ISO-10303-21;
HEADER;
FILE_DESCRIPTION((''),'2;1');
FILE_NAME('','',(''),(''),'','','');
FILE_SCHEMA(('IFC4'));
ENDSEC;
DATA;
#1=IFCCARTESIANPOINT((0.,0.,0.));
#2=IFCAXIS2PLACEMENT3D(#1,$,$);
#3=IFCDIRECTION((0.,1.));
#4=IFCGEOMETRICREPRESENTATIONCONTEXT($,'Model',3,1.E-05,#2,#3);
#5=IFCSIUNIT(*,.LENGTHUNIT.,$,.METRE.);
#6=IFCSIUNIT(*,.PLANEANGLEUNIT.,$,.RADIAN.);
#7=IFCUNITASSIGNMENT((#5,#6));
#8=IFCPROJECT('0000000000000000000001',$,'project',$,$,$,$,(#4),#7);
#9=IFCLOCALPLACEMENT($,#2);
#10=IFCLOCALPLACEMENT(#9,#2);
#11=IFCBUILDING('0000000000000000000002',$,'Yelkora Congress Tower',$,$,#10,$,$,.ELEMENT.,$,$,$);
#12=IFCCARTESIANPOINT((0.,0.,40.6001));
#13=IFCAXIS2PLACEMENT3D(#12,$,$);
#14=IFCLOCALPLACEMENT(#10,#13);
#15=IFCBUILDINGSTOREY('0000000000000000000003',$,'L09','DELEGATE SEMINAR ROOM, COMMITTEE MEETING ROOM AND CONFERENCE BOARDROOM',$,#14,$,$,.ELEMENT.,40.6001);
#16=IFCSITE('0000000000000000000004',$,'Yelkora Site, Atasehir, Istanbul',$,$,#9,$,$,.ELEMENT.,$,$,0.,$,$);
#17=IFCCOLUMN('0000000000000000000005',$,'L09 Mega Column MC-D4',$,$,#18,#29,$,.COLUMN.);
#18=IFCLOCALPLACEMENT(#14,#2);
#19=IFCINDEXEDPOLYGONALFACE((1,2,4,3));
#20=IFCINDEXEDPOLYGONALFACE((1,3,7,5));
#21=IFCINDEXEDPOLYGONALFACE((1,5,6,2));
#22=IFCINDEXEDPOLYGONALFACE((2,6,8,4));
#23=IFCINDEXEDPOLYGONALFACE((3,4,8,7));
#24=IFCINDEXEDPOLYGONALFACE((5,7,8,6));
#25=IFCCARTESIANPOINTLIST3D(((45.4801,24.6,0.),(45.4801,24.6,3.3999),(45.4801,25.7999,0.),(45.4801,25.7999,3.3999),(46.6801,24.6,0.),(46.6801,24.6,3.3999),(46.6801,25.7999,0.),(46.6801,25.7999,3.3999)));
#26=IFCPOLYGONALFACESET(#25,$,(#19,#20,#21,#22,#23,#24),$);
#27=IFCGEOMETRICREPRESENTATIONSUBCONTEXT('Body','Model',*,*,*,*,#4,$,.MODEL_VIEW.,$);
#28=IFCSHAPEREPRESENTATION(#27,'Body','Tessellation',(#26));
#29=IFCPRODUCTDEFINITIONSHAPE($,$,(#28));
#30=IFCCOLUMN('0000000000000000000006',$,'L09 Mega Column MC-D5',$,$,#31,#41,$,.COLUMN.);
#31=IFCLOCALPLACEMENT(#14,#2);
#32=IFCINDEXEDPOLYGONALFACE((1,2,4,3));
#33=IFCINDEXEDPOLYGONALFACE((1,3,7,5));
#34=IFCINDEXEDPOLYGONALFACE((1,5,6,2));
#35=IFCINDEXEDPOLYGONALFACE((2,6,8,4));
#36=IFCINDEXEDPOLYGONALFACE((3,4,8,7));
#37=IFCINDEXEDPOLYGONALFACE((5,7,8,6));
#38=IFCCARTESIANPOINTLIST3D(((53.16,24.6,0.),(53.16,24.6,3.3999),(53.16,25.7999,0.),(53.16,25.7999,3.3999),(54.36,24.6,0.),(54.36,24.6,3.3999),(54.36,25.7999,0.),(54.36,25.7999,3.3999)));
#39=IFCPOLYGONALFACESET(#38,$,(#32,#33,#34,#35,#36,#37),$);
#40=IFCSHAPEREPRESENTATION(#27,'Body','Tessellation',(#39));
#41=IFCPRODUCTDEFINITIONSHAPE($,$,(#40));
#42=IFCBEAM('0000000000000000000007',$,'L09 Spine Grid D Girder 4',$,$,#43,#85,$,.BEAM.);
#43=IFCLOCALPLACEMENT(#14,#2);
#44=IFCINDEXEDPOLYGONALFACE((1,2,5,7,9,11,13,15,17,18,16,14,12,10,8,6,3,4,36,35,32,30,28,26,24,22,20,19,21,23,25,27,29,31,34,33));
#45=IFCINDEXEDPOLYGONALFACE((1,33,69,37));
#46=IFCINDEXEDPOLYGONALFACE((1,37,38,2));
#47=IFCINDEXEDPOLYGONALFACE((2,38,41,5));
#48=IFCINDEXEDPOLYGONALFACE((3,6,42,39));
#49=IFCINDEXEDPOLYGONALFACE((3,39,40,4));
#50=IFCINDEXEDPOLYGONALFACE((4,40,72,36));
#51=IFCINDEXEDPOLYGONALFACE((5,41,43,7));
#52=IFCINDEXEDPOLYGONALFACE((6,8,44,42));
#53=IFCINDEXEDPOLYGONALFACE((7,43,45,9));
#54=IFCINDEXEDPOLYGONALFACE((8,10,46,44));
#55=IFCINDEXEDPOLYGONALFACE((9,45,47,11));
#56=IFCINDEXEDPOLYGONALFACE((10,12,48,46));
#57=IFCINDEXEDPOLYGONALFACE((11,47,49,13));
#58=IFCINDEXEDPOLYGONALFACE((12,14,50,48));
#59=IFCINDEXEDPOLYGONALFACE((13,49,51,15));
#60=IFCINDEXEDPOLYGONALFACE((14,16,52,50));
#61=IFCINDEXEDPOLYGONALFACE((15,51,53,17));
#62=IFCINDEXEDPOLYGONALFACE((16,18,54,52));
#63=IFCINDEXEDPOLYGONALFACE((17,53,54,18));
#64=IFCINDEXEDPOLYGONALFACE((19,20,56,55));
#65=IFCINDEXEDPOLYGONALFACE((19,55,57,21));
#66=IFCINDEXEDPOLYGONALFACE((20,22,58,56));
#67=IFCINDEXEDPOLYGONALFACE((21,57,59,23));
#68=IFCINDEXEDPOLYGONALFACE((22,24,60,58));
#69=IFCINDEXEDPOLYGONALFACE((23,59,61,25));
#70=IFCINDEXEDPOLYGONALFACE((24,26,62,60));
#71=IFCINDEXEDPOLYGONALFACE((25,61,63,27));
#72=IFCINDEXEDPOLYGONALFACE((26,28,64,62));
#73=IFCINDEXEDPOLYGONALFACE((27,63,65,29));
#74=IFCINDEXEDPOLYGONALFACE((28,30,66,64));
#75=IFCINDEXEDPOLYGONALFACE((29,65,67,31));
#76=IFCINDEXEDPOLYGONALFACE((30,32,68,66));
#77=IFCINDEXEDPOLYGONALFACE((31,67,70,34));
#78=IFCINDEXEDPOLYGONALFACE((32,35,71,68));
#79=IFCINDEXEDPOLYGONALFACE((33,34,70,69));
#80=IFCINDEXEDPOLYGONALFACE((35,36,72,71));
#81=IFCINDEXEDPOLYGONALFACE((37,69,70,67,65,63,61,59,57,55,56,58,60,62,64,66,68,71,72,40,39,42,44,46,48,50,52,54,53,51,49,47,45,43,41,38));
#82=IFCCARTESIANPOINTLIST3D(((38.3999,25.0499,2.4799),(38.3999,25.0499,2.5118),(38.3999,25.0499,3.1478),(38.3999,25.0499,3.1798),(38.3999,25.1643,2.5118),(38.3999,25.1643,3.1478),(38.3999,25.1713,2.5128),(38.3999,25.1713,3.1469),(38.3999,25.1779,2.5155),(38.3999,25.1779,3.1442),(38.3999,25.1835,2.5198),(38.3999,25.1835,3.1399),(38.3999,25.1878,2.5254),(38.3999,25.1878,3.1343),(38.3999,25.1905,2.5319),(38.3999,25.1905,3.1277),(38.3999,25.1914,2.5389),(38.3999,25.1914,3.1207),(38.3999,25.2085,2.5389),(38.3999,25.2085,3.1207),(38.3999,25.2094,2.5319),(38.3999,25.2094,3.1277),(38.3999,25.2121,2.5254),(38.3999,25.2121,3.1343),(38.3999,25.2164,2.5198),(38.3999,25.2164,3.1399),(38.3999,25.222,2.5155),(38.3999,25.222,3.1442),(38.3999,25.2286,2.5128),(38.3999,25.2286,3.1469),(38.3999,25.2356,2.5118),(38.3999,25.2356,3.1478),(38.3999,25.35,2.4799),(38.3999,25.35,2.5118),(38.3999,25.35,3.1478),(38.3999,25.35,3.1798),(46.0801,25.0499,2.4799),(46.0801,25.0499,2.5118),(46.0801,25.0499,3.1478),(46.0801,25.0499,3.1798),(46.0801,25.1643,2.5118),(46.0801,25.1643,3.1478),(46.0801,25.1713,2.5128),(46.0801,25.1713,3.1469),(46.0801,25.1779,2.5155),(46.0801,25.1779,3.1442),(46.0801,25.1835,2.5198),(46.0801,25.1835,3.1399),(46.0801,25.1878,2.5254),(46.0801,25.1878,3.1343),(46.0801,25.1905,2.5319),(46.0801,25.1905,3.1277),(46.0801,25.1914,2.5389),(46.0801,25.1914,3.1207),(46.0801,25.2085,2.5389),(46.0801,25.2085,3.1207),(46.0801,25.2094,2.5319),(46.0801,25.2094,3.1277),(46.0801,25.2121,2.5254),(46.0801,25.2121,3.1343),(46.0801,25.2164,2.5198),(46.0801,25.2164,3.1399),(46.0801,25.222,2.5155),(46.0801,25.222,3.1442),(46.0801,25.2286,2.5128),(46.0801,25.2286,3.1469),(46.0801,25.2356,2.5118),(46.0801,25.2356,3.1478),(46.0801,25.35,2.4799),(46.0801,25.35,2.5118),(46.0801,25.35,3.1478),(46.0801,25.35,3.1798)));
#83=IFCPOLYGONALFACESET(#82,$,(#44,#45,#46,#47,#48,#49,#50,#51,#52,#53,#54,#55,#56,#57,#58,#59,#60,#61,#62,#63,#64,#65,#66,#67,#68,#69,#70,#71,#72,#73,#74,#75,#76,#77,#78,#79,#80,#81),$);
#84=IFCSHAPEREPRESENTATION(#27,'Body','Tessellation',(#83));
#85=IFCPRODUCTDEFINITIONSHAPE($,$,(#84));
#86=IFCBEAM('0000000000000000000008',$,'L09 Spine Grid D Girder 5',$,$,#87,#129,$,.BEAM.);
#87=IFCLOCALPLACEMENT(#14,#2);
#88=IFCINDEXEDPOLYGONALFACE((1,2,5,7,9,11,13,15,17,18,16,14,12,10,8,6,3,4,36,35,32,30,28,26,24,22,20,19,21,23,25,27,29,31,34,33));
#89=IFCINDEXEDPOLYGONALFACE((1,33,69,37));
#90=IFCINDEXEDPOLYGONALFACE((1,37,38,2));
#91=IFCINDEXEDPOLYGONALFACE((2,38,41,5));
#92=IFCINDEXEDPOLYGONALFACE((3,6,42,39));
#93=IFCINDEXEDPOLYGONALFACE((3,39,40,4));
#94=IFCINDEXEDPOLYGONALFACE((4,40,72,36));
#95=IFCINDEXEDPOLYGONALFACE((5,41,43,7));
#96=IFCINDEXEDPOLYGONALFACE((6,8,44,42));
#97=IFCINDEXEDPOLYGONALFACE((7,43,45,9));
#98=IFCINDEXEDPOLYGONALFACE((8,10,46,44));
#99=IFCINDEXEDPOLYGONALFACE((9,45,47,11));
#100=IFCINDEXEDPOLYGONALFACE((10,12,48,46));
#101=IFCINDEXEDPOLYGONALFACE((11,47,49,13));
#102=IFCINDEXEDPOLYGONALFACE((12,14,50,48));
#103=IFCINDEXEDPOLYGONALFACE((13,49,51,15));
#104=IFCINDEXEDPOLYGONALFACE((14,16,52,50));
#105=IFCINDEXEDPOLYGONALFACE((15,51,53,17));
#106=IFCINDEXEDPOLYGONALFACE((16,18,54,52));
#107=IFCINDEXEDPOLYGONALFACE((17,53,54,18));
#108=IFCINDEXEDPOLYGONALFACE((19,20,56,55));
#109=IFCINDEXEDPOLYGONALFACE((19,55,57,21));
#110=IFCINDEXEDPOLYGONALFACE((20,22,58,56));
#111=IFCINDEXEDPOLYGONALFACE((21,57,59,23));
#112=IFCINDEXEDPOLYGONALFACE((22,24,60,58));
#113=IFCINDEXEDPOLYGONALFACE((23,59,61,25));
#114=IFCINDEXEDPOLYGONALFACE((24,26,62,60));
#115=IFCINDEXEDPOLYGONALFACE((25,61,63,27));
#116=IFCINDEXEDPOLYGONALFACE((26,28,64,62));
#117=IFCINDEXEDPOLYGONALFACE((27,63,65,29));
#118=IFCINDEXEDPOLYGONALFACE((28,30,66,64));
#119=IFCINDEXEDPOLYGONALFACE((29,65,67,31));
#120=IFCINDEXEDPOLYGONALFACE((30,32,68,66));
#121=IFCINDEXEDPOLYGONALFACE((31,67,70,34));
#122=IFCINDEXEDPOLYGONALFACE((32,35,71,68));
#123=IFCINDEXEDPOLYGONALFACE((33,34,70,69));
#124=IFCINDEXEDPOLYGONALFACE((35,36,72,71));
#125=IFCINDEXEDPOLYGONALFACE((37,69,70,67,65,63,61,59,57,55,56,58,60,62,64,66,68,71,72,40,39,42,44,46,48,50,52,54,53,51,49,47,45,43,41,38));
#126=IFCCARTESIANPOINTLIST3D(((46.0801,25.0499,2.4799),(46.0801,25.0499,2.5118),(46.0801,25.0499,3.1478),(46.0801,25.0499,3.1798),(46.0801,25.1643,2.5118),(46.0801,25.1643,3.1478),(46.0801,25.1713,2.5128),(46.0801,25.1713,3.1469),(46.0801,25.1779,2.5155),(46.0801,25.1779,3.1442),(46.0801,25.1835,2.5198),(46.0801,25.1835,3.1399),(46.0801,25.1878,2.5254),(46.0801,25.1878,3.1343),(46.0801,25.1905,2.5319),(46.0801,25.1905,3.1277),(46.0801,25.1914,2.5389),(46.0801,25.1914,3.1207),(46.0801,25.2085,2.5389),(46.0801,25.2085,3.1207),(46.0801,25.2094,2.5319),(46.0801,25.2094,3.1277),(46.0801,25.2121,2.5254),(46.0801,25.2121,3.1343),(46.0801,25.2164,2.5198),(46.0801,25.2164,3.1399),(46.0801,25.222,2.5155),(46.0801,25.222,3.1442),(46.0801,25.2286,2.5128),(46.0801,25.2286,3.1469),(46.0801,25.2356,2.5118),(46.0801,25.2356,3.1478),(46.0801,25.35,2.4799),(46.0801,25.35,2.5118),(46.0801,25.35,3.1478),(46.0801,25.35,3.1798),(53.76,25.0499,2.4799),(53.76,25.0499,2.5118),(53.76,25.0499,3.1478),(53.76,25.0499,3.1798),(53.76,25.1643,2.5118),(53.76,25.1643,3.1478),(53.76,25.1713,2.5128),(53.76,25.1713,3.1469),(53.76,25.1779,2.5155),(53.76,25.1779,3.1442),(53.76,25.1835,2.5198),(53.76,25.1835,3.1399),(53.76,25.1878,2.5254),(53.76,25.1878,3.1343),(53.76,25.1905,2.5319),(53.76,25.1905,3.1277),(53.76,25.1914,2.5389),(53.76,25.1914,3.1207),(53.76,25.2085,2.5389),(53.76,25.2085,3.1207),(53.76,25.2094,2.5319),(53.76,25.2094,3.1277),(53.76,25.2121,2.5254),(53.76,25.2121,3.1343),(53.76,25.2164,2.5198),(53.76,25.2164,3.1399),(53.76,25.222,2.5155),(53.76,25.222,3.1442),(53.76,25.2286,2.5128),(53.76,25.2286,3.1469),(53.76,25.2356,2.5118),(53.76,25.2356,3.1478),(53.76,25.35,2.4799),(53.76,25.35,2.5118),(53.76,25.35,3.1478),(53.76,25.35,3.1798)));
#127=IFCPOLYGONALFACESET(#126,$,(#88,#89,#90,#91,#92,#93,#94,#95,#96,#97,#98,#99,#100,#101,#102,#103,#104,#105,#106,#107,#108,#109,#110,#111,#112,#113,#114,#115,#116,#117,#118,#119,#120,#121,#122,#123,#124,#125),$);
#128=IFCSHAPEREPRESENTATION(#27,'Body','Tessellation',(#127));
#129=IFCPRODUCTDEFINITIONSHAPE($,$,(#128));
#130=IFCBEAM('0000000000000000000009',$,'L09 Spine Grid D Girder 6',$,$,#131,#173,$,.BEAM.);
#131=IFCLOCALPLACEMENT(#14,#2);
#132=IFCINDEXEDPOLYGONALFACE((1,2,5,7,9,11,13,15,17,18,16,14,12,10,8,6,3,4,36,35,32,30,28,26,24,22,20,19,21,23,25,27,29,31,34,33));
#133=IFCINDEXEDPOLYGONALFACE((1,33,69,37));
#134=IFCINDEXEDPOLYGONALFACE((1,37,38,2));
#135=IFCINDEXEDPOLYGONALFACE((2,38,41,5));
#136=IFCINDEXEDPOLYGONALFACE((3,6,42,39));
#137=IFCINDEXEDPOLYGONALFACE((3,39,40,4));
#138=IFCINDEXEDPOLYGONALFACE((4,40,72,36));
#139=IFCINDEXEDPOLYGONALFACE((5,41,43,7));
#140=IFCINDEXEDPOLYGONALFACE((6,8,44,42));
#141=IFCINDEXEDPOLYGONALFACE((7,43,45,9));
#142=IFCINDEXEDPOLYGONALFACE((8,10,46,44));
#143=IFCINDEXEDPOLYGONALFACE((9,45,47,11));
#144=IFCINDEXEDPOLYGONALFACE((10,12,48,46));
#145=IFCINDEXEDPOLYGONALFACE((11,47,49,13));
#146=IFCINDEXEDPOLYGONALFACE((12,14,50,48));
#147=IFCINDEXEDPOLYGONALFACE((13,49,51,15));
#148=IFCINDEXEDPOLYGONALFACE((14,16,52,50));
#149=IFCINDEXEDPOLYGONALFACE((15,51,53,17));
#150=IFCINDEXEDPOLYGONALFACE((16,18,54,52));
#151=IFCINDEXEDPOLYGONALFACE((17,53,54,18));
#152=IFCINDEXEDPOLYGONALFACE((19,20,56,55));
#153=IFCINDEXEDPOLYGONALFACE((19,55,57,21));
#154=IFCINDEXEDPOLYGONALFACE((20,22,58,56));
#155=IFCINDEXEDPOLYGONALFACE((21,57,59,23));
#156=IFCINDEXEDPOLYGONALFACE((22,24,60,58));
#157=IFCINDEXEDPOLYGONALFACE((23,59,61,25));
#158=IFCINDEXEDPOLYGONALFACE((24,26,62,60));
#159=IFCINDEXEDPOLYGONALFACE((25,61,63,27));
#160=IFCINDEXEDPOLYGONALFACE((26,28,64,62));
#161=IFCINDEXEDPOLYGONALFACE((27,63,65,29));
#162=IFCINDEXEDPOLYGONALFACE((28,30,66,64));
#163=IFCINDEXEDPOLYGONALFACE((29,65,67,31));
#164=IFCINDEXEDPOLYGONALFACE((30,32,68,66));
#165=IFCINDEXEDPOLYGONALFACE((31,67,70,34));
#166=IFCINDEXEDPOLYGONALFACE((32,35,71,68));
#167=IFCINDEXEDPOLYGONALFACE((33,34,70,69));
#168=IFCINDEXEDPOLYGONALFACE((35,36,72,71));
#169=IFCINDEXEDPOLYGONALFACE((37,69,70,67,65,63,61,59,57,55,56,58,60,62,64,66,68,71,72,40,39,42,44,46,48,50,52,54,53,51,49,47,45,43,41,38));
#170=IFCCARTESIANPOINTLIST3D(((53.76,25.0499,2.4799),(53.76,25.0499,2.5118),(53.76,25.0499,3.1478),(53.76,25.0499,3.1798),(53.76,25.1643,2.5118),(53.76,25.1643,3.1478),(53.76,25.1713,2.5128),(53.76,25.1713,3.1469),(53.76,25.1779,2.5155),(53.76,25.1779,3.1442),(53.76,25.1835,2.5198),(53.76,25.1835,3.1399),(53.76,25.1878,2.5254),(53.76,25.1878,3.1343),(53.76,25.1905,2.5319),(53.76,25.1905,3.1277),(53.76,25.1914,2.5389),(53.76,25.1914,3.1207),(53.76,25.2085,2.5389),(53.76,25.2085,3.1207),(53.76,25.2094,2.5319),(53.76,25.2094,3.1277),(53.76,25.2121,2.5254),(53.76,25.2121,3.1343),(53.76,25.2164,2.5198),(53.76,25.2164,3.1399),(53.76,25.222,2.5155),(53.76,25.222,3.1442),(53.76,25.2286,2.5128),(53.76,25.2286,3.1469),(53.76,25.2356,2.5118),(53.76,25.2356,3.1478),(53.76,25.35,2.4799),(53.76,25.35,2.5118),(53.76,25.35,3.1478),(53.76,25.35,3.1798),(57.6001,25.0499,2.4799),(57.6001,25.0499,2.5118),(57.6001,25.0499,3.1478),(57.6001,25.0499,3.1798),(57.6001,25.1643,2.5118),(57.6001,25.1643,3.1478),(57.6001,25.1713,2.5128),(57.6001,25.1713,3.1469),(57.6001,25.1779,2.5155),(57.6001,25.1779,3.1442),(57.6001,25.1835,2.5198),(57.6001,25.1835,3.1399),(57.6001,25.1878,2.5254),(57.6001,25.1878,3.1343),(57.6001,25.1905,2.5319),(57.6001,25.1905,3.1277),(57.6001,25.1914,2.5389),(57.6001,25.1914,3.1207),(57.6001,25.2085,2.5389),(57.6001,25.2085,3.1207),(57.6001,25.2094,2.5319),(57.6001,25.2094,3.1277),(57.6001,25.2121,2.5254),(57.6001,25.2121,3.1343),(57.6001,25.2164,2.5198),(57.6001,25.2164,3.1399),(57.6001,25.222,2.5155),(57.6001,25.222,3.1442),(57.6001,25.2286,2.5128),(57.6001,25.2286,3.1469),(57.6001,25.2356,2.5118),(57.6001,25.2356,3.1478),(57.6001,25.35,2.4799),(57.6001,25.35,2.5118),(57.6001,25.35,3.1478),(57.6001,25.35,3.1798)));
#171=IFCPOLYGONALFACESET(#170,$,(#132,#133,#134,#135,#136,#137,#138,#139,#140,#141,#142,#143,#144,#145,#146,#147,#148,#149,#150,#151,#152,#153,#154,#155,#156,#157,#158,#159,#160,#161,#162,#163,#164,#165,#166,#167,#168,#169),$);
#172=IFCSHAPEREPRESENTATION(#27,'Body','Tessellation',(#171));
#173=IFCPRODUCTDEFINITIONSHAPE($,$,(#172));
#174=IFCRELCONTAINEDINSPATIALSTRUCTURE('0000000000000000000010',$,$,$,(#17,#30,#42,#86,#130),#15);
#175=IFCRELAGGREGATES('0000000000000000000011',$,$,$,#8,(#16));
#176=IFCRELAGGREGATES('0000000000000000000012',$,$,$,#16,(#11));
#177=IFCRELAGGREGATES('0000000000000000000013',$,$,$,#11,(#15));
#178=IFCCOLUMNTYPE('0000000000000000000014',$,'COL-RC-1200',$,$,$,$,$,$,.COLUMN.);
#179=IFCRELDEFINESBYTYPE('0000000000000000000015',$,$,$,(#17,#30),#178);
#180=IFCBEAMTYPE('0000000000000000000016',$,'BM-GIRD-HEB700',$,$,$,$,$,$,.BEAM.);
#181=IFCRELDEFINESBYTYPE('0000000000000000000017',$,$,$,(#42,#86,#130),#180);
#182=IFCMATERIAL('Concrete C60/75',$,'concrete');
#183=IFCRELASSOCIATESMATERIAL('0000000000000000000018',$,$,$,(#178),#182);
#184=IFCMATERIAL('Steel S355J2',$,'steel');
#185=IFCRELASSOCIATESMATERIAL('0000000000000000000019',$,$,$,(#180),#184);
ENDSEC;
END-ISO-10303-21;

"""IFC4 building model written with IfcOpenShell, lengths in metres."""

from ifc_helpers import new_model, si_unit, direction, frame, origin, origin_2d, place, context, subcontext, project, spatial, rectangle, i_section, extrude, material, material_profile, profile_set, type_object, element, save


model = new_model("IFC4")

# Units and contexts
model_context = context("Model", 3, precision=1e-05, world=origin(), true_north=direction((0.0, 1.0)))
body_context = subcontext(model_context, "Body", "Model", "MODEL_VIEW")
ifc_project = project(units=[si_unit("LENGTHUNIT", "METRE"), si_unit("PLANEANGLEUNIT", "RADIAN")], contexts=[model_context])

# Site, building, storey
site_placement = place(None, origin())
site = spatial("IfcSite", under=ifc_project, at=site_placement, Name="Yelkora Site, Atasehir, Istanbul", CompositionType="ELEMENT", RefElevation=0.0)
building_placement = place(site_placement, origin())
building = spatial("IfcBuilding", under=site, at=building_placement, Name="Yelkora Congress Tower", CompositionType="ELEMENT")
storey_placement = place(building_placement, frame((0.0, 0.0, 40.6001)))
storey = spatial("IfcBuildingStorey", under=building, at=storey_placement, Name="L09", Description="DELEGATE SEMINAR ROOM, COMMITTEE MEETING ROOM AND CONFERENCE BOARDROOM", CompositionType="ELEMENT", Elevation=40.6001)

# Columns
ifc_material_1 = material(Name="Concrete C60/75", Category="concrete")
ifc_material_profile_1 = material_profile(ifc_material_1, rectangle(XDim=1.2, YDim=1.2, at=origin_2d()), Name="RC 1200x1200")
ifc_profile_set_1 = profile_set([ifc_material_profile_1], Name="Concrete C60/75")
column_type = type_object("IfcColumnType", Name="COL-RC-1200", PredefinedType="COLUMN", material=ifc_profile_set_1)
for number, where, z_axis, x_axis, name in (
    (1, (46.0801, 25.2, 0.0), (0.0, 0.0, 1.0), (1.0, 0.0, 0.0), "L09 Mega Column MC-D4"),
    (2, (53.76, 25.2, 0.0), (0.0, 0.0, 1.0), (1.0, 0.0, 0.0), "L09 Mega Column MC-D5"),
):
    element("IfcColumn", number, at=place(storey_placement, frame(where, z_axis=z_axis, x_axis=x_axis)), inside=storey, type_object=column_type, Name=name, PredefinedType="COLUMN", context=body_context, shape_type="SweptSolid", body=[
        extrude(rectangle(XDim=1.2, YDim=1.2, at=origin_2d()), origin(), (0.0, 0.0, 1.0), 3.3999),
    ])

# Beams
ifc_material_2 = material(Name="Steel S355J2", Category="steel")
ifc_material_profile_2 = material_profile(ifc_material_2, i_section(OverallWidth=0.3, OverallDepth=0.7, WebThickness=0.0171, FlangeThickness=0.032, FilletRadius=0.0271, at=origin_2d()), Name="HEB 700")
ifc_profile_set_2 = profile_set([ifc_material_profile_2], Name="Steel S355J2")
beam_type_1 = type_object("IfcBeamType", Name="BM-GIRD-HEB700", PredefinedType="BEAM", material=ifc_profile_set_2)
beam_1_placement = place(storey_placement, frame((38.3999, 25.2, 2.8298), z_axis=(1.0, 0.0, 0.0), x_axis=(0.0, 1.0, 0.0)))
element("IfcBeam", 3, at=beam_1_placement, inside=storey, type_object=beam_type_1, Name="L09 Spine Grid D Girder 4", PredefinedType="BEAM", context=body_context, shape_type="SweptSolid", body=[
    extrude(i_section(OverallWidth=0.3, OverallDepth=0.7, WebThickness=0.0171, FlangeThickness=0.032, FilletRadius=0.0271, at=origin_2d()), origin(), (0.0, 0.0, 1.0), 7.6802),
])
beam_2_placement = place(storey_placement, frame((46.0801, 25.2, 2.8298), z_axis=(1.0, 0.0, 0.0), x_axis=(0.0, 1.0, 0.0)))
element("IfcBeam", 4, at=beam_2_placement, inside=storey, type_object=beam_type_1, Name="L09 Spine Grid D Girder 5", PredefinedType="BEAM", context=body_context, shape_type="SweptSolid", body=[
    extrude(i_section(OverallWidth=0.3, OverallDepth=0.7, WebThickness=0.0171, FlangeThickness=0.032, FilletRadius=0.0271, at=origin_2d()), origin(), (0.0, 0.0, 1.0), 7.6799),
])
beam_3_placement = place(storey_placement, frame((53.76, 25.2, 2.8298), z_axis=(1.0, 0.0, 0.0), x_axis=(0.0, 1.0, 0.0)))
element("IfcBeam", 5, at=beam_3_placement, inside=storey, type_object=beam_type_1, Name="L09 Spine Grid D Girder 6", PredefinedType="BEAM", context=body_context, shape_type="SweptSolid", body=[
    extrude(i_section(OverallWidth=0.3, OverallDepth=0.7, WebThickness=0.0171, FlangeThickness=0.032, FilletRadius=0.0271, at=origin_2d()), origin(), (0.0, 0.0, 1.0), 3.8401),
])

save(model, "model.ifc")
